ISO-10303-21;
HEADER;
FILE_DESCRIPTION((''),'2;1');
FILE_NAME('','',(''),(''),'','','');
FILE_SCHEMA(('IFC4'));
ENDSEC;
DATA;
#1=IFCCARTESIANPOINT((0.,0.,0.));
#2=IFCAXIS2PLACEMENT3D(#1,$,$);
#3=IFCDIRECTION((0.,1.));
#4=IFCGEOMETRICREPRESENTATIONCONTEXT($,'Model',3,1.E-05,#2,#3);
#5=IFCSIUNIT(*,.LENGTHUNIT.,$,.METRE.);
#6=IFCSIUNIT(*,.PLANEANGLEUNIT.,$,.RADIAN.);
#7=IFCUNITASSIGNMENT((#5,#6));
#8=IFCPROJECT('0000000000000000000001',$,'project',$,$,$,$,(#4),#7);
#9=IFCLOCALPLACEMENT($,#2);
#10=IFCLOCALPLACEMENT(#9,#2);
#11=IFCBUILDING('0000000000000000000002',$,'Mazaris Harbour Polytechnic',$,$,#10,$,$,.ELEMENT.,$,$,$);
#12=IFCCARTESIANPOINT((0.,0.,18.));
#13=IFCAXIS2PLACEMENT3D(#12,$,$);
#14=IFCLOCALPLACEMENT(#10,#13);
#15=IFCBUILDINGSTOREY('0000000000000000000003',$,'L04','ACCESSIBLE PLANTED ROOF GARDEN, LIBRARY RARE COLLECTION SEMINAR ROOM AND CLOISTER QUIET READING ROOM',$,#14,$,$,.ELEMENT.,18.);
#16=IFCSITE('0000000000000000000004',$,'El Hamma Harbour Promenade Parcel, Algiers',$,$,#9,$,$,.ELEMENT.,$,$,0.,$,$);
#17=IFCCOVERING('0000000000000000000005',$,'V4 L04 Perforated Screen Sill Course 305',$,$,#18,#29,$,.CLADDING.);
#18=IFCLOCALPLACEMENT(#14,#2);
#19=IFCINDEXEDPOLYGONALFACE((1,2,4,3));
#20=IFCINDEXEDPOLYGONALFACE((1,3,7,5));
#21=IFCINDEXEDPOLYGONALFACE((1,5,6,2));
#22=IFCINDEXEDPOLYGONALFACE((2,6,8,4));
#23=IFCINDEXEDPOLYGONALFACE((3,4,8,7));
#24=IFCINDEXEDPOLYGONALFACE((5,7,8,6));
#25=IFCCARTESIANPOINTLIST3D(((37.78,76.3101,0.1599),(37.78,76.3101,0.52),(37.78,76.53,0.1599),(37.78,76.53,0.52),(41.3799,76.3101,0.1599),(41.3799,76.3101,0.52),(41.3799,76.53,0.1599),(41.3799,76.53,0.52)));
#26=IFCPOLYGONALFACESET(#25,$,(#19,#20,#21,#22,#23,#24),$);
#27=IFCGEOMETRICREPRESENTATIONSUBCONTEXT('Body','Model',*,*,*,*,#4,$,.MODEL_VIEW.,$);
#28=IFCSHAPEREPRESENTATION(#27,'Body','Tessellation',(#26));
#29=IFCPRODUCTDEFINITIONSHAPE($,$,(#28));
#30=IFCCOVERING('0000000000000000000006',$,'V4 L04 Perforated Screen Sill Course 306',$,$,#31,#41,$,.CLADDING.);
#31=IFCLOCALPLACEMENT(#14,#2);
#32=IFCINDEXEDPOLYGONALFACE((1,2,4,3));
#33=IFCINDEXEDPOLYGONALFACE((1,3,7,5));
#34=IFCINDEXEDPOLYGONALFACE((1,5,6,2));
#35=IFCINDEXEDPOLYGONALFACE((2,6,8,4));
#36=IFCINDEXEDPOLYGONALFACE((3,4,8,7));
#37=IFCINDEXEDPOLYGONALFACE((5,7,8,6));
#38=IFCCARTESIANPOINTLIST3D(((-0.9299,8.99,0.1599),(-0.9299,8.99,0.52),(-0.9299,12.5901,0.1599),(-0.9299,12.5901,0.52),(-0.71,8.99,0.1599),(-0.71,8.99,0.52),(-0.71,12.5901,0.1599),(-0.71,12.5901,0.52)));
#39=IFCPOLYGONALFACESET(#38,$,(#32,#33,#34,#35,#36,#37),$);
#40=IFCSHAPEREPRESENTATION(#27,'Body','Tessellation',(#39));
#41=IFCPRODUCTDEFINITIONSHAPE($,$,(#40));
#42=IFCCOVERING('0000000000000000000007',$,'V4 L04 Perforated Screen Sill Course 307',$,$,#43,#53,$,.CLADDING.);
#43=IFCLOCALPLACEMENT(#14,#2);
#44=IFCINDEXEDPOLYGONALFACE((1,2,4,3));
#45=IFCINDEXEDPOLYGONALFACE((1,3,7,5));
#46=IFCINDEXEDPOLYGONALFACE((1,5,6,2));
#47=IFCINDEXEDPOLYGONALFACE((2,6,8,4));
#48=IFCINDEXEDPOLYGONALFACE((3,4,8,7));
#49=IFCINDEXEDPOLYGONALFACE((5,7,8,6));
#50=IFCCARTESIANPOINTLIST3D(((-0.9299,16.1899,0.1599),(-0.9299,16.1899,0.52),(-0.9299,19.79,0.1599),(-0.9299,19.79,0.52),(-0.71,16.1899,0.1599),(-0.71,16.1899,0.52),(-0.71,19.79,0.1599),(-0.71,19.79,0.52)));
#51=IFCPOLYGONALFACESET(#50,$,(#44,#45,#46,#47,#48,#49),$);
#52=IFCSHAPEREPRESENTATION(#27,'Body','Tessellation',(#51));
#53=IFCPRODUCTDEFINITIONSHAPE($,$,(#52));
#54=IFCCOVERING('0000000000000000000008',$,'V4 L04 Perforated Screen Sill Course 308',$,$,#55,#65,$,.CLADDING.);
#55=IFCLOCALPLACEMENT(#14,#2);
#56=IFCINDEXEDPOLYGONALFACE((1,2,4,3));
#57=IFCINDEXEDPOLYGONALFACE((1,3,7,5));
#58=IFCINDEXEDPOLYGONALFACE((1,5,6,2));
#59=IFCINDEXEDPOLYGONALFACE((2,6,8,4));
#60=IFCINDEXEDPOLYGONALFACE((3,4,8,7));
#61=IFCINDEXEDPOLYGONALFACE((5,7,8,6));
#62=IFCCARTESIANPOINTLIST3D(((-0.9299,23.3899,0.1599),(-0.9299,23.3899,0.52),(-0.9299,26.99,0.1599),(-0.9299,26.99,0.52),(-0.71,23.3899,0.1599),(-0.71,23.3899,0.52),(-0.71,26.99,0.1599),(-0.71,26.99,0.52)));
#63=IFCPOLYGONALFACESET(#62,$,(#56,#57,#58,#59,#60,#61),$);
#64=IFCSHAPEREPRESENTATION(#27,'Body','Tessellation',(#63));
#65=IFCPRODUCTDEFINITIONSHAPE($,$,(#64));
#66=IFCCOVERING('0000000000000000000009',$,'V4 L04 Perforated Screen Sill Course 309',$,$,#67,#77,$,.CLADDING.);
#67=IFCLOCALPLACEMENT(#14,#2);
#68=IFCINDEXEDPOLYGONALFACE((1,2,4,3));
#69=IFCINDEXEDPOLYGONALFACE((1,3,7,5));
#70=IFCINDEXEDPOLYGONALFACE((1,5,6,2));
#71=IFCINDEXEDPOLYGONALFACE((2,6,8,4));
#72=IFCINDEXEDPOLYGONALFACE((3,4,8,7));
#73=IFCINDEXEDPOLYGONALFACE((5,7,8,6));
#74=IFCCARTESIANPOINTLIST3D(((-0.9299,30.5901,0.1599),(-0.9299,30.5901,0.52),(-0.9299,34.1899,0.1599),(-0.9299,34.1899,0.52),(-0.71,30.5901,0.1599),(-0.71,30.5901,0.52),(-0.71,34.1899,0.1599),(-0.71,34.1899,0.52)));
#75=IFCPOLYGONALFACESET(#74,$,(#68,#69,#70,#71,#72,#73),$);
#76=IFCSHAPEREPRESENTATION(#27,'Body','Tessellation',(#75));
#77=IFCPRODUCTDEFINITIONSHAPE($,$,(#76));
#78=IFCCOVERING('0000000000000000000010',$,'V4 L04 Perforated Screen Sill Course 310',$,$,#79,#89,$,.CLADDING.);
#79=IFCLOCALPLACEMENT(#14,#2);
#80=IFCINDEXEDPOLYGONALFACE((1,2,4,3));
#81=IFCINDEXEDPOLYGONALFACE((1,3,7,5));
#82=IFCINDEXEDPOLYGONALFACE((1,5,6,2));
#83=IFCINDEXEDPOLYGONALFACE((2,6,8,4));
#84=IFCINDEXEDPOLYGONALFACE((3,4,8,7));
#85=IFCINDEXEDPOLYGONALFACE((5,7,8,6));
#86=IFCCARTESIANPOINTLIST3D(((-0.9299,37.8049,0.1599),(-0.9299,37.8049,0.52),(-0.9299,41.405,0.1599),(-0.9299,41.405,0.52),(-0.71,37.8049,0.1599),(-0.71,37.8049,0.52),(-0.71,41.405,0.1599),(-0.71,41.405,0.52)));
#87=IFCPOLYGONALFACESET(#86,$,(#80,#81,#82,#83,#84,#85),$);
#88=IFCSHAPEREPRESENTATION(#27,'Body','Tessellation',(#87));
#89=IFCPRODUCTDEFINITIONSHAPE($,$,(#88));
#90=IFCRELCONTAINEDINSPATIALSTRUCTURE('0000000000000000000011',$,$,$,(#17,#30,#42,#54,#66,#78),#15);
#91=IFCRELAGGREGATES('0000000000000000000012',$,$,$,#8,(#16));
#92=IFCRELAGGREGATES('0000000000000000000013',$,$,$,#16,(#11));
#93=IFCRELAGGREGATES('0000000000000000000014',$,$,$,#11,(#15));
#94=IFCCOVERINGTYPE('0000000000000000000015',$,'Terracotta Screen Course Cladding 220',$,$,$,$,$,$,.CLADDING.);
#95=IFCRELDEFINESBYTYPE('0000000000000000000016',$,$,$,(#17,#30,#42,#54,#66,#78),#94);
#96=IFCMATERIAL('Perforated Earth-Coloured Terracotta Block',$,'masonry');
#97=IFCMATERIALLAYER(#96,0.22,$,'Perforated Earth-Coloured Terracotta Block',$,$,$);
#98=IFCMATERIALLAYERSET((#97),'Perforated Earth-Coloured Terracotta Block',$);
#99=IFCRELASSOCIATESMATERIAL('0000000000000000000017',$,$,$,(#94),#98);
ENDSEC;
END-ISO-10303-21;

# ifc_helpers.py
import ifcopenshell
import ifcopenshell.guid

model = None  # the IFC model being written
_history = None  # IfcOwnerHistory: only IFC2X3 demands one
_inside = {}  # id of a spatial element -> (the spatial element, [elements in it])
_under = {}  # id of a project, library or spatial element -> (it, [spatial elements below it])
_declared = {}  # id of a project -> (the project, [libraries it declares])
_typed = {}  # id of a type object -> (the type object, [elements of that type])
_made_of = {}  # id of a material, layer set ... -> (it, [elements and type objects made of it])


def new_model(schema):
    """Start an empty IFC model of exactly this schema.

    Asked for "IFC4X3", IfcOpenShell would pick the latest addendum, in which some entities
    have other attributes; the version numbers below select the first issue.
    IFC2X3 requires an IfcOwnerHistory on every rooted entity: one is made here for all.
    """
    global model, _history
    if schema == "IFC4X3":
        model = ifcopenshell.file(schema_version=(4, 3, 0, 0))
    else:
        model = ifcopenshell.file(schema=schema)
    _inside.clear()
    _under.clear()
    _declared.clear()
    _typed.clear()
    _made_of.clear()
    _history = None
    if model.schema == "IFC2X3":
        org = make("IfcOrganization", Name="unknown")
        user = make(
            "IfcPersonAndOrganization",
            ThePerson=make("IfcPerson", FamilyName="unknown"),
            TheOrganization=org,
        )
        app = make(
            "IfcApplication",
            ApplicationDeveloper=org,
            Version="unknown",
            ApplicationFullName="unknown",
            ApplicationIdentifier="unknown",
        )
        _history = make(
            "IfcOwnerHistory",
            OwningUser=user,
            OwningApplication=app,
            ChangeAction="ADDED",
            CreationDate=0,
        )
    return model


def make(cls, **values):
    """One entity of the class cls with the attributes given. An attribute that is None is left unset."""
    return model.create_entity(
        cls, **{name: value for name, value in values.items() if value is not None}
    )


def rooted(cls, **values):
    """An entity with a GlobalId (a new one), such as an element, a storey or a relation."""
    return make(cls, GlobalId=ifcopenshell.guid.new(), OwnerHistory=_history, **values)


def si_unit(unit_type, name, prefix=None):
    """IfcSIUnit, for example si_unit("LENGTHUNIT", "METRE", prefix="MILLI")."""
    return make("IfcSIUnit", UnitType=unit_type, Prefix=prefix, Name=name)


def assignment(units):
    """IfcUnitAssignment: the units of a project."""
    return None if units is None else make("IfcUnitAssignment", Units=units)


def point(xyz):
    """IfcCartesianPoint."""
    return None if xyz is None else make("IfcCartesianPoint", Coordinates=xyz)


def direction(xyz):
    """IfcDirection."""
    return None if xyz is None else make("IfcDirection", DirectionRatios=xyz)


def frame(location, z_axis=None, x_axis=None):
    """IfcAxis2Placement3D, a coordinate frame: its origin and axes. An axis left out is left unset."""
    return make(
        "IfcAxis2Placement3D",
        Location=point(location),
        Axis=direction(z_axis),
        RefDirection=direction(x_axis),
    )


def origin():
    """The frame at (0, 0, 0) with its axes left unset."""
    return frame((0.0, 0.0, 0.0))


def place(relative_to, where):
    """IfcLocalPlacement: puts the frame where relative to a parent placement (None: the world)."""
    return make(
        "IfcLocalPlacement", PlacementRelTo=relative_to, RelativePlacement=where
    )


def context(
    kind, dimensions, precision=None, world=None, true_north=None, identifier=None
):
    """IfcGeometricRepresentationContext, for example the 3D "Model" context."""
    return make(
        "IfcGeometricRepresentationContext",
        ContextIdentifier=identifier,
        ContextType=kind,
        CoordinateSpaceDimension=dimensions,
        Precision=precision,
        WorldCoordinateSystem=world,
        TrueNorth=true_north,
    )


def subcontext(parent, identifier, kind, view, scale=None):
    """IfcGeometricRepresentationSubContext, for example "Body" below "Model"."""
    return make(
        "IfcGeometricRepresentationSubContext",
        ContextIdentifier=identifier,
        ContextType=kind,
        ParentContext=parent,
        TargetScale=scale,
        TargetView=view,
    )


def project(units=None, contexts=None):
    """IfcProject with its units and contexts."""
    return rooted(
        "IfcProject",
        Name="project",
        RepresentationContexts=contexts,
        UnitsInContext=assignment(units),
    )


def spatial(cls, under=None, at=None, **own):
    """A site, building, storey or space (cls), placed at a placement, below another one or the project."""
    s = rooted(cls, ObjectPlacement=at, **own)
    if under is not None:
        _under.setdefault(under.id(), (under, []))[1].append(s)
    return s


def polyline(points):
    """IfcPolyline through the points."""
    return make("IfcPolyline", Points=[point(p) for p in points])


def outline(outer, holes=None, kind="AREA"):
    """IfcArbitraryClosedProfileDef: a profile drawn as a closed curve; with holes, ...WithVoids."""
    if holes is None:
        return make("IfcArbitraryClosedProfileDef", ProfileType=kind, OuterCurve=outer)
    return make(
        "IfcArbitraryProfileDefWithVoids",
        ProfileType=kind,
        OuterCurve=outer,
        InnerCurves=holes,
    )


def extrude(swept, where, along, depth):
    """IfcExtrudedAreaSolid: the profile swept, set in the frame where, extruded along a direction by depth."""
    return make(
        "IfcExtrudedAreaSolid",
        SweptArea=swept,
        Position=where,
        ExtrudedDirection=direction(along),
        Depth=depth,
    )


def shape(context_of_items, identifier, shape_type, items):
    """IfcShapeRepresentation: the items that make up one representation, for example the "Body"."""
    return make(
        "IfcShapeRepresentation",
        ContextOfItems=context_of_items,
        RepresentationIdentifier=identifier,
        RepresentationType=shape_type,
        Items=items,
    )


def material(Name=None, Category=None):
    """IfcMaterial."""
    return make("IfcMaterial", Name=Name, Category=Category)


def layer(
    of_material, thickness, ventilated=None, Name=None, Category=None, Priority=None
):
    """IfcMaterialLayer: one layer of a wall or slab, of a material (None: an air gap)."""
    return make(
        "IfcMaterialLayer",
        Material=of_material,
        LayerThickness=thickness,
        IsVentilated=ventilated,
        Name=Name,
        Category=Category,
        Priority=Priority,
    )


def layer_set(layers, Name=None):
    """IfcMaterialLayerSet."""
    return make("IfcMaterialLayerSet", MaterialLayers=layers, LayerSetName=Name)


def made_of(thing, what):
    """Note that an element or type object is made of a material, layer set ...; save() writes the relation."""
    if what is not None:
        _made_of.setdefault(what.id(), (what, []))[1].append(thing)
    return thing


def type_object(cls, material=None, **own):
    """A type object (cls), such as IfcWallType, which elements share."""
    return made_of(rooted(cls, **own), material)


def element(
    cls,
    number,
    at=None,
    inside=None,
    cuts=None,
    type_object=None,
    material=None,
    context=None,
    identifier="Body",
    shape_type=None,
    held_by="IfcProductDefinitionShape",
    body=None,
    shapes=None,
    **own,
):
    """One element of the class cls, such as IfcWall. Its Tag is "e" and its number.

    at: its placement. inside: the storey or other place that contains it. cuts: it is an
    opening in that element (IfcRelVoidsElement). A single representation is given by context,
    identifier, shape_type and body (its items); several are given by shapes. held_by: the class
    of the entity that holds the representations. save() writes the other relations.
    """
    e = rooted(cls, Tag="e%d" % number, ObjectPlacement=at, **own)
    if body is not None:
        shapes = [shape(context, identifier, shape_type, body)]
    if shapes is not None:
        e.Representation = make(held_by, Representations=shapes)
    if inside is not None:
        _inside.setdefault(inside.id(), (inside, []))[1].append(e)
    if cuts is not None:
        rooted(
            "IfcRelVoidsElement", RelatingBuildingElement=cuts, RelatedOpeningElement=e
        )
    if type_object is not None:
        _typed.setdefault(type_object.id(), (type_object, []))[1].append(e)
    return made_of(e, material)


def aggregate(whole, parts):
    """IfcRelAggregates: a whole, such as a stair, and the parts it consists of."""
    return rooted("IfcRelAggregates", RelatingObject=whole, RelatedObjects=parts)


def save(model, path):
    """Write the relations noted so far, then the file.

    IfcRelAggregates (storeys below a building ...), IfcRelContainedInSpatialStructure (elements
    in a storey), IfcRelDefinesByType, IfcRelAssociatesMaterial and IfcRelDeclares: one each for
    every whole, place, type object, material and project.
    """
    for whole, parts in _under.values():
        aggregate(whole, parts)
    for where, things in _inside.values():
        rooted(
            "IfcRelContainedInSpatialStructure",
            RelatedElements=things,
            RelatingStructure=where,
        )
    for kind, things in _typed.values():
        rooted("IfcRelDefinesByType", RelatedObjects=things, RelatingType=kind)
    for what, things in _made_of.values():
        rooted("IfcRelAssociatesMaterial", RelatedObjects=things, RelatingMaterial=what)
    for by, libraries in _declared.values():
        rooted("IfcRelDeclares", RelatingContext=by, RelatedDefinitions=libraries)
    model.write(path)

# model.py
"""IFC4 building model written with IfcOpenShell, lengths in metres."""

from ifc_helpers import new_model, si_unit, direction, frame, origin, place, context, subcontext, project, spatial, polyline, outline, extrude, material, layer, layer_set, type_object, element, save


model = new_model("IFC4")

# Units and contexts
model_context = context("Model", 3, precision=1e-05, world=origin(), true_north=direction((0.0, 1.0)))
body_context = subcontext(model_context, "Body", "Model", "MODEL_VIEW")
ifc_project = project(units=[si_unit("LENGTHUNIT", "METRE"), si_unit("PLANEANGLEUNIT", "RADIAN")], contexts=[model_context])

# Site, building, storey
site_placement = place(None, origin())
site = spatial("IfcSite", under=ifc_project, at=site_placement, Name="El Hamma Harbour Promenade Parcel, Algiers", CompositionType="ELEMENT", RefElevation=0.0)
building_placement = place(site_placement, origin())
building = spatial("IfcBuilding", under=site, at=building_placement, Name="Mazaris Harbour Polytechnic", CompositionType="ELEMENT")
storey_placement = place(building_placement, frame((0.0, 0.0, 18.0)))
storey = spatial("IfcBuildingStorey", under=building, at=storey_placement, Name="L04", Description="ACCESSIBLE PLANTED ROOF GARDEN, LIBRARY RARE COLLECTION SEMINAR ROOM AND CLOISTER QUIET READING ROOM", CompositionType="ELEMENT", Elevation=18.0)

# Coverings
ifc_material_1 = material(Name="Perforated Earth-Coloured Terracotta Block", Category="masonry")
ifc_layer_1 = layer(ifc_material_1, 0.22, Name="Perforated Earth-Coloured Terracotta Block")
ifc_layer_set_1 = layer_set([ifc_layer_1], Name="Perforated Earth-Coloured Terracotta Block")
covering_type = type_object("IfcCoveringType", Name="Terracotta Screen Course Cladding 220", PredefinedType="CLADDING", material=ifc_layer_set_1)
covering_1_placement = place(storey_placement, frame((0.0, 0.0, 0.1599)))
element("IfcCovering", 1, at=covering_1_placement, inside=storey, type_object=covering_type, Name="V4 L04 Perforated Screen Sill Course 305", PredefinedType="CLADDING", context=body_context, shape_type="SweptSolid", body=[
    extrude(outline(polyline([(37.78, 76.3101), (41.3799, 76.3101), (41.3799, 76.53), (37.78, 76.53), (37.78, 76.3101)])), origin(), (0.0, 0.0, 1.0), 0.3601),
])
covering_2_placement = place(storey_placement, frame((0.0, 0.0, 0.1599)))
element("IfcCovering", 2, at=covering_2_placement, inside=storey, type_object=covering_type, Name="V4 L04 Perforated Screen Sill Course 306", PredefinedType="CLADDING", context=body_context, shape_type="SweptSolid", body=[
    extrude(outline(polyline([(-0.71, 8.99), (-0.71, 12.5901), (-0.9299, 12.5901), (-0.9299, 8.99), (-0.71, 8.99)])), origin(), (0.0, 0.0, 1.0), 0.3601),
])
covering_3_placement = place(storey_placement, frame((0.0, 0.0, 0.1599)))
element("IfcCovering", 3, at=covering_3_placement, inside=storey, type_object=covering_type, Name="V4 L04 Perforated Screen Sill Course 307", PredefinedType="CLADDING", context=body_context, shape_type="SweptSolid", body=[
    extrude(outline(polyline([(-0.71, 16.1899), (-0.71, 19.79), (-0.9299, 19.79), (-0.9299, 16.1899), (-0.71, 16.1899)])), origin(), (0.0, 0.0, 1.0), 0.3601),
])
covering_4_placement = place(storey_placement, frame((0.0, 0.0, 0.1599)))
element("IfcCovering", 4, at=covering_4_placement, inside=storey, type_object=covering_type, Name="V4 L04 Perforated Screen Sill Course 308", PredefinedType="CLADDING", context=body_context, shape_type="SweptSolid", body=[
    extrude(outline(polyline([(-0.71, 23.3899), (-0.71, 26.99), (-0.9299, 26.99), (-0.9299, 23.3899), (-0.71, 23.3899)])), origin(), (0.0, 0.0, 1.0), 0.3601),
])
covering_5_placement = place(storey_placement, frame((0.0, 0.0, 0.1599)))
element("IfcCovering", 5, at=covering_5_placement, inside=storey, type_object=covering_type, Name="V4 L04 Perforated Screen Sill Course 309", PredefinedType="CLADDING", context=body_context, shape_type="SweptSolid", body=[
    extrude(outline(polyline([(-0.71, 30.5901), (-0.71, 34.1899), (-0.9299, 34.1899), (-0.9299, 30.5901), (-0.71, 30.5901)])), origin(), (0.0, 0.0, 1.0), 0.3601),
])
covering_6_placement = place(storey_placement, frame((0.0, 0.0, 0.1599)))
element("IfcCovering", 6, at=covering_6_placement, inside=storey, type_object=covering_type, Name="V4 L04 Perforated Screen Sill Course 310", PredefinedType="CLADDING", context=body_context, shape_type="SweptSolid", body=[
    extrude(outline(polyline([(-0.71, 37.8049), (-0.71, 41.405), (-0.9299, 41.405), (-0.9299, 37.8049), (-0.71, 37.8049)])), origin(), (0.0, 0.0, 1.0), 0.3601),
])

save(model, "model.ifc")
